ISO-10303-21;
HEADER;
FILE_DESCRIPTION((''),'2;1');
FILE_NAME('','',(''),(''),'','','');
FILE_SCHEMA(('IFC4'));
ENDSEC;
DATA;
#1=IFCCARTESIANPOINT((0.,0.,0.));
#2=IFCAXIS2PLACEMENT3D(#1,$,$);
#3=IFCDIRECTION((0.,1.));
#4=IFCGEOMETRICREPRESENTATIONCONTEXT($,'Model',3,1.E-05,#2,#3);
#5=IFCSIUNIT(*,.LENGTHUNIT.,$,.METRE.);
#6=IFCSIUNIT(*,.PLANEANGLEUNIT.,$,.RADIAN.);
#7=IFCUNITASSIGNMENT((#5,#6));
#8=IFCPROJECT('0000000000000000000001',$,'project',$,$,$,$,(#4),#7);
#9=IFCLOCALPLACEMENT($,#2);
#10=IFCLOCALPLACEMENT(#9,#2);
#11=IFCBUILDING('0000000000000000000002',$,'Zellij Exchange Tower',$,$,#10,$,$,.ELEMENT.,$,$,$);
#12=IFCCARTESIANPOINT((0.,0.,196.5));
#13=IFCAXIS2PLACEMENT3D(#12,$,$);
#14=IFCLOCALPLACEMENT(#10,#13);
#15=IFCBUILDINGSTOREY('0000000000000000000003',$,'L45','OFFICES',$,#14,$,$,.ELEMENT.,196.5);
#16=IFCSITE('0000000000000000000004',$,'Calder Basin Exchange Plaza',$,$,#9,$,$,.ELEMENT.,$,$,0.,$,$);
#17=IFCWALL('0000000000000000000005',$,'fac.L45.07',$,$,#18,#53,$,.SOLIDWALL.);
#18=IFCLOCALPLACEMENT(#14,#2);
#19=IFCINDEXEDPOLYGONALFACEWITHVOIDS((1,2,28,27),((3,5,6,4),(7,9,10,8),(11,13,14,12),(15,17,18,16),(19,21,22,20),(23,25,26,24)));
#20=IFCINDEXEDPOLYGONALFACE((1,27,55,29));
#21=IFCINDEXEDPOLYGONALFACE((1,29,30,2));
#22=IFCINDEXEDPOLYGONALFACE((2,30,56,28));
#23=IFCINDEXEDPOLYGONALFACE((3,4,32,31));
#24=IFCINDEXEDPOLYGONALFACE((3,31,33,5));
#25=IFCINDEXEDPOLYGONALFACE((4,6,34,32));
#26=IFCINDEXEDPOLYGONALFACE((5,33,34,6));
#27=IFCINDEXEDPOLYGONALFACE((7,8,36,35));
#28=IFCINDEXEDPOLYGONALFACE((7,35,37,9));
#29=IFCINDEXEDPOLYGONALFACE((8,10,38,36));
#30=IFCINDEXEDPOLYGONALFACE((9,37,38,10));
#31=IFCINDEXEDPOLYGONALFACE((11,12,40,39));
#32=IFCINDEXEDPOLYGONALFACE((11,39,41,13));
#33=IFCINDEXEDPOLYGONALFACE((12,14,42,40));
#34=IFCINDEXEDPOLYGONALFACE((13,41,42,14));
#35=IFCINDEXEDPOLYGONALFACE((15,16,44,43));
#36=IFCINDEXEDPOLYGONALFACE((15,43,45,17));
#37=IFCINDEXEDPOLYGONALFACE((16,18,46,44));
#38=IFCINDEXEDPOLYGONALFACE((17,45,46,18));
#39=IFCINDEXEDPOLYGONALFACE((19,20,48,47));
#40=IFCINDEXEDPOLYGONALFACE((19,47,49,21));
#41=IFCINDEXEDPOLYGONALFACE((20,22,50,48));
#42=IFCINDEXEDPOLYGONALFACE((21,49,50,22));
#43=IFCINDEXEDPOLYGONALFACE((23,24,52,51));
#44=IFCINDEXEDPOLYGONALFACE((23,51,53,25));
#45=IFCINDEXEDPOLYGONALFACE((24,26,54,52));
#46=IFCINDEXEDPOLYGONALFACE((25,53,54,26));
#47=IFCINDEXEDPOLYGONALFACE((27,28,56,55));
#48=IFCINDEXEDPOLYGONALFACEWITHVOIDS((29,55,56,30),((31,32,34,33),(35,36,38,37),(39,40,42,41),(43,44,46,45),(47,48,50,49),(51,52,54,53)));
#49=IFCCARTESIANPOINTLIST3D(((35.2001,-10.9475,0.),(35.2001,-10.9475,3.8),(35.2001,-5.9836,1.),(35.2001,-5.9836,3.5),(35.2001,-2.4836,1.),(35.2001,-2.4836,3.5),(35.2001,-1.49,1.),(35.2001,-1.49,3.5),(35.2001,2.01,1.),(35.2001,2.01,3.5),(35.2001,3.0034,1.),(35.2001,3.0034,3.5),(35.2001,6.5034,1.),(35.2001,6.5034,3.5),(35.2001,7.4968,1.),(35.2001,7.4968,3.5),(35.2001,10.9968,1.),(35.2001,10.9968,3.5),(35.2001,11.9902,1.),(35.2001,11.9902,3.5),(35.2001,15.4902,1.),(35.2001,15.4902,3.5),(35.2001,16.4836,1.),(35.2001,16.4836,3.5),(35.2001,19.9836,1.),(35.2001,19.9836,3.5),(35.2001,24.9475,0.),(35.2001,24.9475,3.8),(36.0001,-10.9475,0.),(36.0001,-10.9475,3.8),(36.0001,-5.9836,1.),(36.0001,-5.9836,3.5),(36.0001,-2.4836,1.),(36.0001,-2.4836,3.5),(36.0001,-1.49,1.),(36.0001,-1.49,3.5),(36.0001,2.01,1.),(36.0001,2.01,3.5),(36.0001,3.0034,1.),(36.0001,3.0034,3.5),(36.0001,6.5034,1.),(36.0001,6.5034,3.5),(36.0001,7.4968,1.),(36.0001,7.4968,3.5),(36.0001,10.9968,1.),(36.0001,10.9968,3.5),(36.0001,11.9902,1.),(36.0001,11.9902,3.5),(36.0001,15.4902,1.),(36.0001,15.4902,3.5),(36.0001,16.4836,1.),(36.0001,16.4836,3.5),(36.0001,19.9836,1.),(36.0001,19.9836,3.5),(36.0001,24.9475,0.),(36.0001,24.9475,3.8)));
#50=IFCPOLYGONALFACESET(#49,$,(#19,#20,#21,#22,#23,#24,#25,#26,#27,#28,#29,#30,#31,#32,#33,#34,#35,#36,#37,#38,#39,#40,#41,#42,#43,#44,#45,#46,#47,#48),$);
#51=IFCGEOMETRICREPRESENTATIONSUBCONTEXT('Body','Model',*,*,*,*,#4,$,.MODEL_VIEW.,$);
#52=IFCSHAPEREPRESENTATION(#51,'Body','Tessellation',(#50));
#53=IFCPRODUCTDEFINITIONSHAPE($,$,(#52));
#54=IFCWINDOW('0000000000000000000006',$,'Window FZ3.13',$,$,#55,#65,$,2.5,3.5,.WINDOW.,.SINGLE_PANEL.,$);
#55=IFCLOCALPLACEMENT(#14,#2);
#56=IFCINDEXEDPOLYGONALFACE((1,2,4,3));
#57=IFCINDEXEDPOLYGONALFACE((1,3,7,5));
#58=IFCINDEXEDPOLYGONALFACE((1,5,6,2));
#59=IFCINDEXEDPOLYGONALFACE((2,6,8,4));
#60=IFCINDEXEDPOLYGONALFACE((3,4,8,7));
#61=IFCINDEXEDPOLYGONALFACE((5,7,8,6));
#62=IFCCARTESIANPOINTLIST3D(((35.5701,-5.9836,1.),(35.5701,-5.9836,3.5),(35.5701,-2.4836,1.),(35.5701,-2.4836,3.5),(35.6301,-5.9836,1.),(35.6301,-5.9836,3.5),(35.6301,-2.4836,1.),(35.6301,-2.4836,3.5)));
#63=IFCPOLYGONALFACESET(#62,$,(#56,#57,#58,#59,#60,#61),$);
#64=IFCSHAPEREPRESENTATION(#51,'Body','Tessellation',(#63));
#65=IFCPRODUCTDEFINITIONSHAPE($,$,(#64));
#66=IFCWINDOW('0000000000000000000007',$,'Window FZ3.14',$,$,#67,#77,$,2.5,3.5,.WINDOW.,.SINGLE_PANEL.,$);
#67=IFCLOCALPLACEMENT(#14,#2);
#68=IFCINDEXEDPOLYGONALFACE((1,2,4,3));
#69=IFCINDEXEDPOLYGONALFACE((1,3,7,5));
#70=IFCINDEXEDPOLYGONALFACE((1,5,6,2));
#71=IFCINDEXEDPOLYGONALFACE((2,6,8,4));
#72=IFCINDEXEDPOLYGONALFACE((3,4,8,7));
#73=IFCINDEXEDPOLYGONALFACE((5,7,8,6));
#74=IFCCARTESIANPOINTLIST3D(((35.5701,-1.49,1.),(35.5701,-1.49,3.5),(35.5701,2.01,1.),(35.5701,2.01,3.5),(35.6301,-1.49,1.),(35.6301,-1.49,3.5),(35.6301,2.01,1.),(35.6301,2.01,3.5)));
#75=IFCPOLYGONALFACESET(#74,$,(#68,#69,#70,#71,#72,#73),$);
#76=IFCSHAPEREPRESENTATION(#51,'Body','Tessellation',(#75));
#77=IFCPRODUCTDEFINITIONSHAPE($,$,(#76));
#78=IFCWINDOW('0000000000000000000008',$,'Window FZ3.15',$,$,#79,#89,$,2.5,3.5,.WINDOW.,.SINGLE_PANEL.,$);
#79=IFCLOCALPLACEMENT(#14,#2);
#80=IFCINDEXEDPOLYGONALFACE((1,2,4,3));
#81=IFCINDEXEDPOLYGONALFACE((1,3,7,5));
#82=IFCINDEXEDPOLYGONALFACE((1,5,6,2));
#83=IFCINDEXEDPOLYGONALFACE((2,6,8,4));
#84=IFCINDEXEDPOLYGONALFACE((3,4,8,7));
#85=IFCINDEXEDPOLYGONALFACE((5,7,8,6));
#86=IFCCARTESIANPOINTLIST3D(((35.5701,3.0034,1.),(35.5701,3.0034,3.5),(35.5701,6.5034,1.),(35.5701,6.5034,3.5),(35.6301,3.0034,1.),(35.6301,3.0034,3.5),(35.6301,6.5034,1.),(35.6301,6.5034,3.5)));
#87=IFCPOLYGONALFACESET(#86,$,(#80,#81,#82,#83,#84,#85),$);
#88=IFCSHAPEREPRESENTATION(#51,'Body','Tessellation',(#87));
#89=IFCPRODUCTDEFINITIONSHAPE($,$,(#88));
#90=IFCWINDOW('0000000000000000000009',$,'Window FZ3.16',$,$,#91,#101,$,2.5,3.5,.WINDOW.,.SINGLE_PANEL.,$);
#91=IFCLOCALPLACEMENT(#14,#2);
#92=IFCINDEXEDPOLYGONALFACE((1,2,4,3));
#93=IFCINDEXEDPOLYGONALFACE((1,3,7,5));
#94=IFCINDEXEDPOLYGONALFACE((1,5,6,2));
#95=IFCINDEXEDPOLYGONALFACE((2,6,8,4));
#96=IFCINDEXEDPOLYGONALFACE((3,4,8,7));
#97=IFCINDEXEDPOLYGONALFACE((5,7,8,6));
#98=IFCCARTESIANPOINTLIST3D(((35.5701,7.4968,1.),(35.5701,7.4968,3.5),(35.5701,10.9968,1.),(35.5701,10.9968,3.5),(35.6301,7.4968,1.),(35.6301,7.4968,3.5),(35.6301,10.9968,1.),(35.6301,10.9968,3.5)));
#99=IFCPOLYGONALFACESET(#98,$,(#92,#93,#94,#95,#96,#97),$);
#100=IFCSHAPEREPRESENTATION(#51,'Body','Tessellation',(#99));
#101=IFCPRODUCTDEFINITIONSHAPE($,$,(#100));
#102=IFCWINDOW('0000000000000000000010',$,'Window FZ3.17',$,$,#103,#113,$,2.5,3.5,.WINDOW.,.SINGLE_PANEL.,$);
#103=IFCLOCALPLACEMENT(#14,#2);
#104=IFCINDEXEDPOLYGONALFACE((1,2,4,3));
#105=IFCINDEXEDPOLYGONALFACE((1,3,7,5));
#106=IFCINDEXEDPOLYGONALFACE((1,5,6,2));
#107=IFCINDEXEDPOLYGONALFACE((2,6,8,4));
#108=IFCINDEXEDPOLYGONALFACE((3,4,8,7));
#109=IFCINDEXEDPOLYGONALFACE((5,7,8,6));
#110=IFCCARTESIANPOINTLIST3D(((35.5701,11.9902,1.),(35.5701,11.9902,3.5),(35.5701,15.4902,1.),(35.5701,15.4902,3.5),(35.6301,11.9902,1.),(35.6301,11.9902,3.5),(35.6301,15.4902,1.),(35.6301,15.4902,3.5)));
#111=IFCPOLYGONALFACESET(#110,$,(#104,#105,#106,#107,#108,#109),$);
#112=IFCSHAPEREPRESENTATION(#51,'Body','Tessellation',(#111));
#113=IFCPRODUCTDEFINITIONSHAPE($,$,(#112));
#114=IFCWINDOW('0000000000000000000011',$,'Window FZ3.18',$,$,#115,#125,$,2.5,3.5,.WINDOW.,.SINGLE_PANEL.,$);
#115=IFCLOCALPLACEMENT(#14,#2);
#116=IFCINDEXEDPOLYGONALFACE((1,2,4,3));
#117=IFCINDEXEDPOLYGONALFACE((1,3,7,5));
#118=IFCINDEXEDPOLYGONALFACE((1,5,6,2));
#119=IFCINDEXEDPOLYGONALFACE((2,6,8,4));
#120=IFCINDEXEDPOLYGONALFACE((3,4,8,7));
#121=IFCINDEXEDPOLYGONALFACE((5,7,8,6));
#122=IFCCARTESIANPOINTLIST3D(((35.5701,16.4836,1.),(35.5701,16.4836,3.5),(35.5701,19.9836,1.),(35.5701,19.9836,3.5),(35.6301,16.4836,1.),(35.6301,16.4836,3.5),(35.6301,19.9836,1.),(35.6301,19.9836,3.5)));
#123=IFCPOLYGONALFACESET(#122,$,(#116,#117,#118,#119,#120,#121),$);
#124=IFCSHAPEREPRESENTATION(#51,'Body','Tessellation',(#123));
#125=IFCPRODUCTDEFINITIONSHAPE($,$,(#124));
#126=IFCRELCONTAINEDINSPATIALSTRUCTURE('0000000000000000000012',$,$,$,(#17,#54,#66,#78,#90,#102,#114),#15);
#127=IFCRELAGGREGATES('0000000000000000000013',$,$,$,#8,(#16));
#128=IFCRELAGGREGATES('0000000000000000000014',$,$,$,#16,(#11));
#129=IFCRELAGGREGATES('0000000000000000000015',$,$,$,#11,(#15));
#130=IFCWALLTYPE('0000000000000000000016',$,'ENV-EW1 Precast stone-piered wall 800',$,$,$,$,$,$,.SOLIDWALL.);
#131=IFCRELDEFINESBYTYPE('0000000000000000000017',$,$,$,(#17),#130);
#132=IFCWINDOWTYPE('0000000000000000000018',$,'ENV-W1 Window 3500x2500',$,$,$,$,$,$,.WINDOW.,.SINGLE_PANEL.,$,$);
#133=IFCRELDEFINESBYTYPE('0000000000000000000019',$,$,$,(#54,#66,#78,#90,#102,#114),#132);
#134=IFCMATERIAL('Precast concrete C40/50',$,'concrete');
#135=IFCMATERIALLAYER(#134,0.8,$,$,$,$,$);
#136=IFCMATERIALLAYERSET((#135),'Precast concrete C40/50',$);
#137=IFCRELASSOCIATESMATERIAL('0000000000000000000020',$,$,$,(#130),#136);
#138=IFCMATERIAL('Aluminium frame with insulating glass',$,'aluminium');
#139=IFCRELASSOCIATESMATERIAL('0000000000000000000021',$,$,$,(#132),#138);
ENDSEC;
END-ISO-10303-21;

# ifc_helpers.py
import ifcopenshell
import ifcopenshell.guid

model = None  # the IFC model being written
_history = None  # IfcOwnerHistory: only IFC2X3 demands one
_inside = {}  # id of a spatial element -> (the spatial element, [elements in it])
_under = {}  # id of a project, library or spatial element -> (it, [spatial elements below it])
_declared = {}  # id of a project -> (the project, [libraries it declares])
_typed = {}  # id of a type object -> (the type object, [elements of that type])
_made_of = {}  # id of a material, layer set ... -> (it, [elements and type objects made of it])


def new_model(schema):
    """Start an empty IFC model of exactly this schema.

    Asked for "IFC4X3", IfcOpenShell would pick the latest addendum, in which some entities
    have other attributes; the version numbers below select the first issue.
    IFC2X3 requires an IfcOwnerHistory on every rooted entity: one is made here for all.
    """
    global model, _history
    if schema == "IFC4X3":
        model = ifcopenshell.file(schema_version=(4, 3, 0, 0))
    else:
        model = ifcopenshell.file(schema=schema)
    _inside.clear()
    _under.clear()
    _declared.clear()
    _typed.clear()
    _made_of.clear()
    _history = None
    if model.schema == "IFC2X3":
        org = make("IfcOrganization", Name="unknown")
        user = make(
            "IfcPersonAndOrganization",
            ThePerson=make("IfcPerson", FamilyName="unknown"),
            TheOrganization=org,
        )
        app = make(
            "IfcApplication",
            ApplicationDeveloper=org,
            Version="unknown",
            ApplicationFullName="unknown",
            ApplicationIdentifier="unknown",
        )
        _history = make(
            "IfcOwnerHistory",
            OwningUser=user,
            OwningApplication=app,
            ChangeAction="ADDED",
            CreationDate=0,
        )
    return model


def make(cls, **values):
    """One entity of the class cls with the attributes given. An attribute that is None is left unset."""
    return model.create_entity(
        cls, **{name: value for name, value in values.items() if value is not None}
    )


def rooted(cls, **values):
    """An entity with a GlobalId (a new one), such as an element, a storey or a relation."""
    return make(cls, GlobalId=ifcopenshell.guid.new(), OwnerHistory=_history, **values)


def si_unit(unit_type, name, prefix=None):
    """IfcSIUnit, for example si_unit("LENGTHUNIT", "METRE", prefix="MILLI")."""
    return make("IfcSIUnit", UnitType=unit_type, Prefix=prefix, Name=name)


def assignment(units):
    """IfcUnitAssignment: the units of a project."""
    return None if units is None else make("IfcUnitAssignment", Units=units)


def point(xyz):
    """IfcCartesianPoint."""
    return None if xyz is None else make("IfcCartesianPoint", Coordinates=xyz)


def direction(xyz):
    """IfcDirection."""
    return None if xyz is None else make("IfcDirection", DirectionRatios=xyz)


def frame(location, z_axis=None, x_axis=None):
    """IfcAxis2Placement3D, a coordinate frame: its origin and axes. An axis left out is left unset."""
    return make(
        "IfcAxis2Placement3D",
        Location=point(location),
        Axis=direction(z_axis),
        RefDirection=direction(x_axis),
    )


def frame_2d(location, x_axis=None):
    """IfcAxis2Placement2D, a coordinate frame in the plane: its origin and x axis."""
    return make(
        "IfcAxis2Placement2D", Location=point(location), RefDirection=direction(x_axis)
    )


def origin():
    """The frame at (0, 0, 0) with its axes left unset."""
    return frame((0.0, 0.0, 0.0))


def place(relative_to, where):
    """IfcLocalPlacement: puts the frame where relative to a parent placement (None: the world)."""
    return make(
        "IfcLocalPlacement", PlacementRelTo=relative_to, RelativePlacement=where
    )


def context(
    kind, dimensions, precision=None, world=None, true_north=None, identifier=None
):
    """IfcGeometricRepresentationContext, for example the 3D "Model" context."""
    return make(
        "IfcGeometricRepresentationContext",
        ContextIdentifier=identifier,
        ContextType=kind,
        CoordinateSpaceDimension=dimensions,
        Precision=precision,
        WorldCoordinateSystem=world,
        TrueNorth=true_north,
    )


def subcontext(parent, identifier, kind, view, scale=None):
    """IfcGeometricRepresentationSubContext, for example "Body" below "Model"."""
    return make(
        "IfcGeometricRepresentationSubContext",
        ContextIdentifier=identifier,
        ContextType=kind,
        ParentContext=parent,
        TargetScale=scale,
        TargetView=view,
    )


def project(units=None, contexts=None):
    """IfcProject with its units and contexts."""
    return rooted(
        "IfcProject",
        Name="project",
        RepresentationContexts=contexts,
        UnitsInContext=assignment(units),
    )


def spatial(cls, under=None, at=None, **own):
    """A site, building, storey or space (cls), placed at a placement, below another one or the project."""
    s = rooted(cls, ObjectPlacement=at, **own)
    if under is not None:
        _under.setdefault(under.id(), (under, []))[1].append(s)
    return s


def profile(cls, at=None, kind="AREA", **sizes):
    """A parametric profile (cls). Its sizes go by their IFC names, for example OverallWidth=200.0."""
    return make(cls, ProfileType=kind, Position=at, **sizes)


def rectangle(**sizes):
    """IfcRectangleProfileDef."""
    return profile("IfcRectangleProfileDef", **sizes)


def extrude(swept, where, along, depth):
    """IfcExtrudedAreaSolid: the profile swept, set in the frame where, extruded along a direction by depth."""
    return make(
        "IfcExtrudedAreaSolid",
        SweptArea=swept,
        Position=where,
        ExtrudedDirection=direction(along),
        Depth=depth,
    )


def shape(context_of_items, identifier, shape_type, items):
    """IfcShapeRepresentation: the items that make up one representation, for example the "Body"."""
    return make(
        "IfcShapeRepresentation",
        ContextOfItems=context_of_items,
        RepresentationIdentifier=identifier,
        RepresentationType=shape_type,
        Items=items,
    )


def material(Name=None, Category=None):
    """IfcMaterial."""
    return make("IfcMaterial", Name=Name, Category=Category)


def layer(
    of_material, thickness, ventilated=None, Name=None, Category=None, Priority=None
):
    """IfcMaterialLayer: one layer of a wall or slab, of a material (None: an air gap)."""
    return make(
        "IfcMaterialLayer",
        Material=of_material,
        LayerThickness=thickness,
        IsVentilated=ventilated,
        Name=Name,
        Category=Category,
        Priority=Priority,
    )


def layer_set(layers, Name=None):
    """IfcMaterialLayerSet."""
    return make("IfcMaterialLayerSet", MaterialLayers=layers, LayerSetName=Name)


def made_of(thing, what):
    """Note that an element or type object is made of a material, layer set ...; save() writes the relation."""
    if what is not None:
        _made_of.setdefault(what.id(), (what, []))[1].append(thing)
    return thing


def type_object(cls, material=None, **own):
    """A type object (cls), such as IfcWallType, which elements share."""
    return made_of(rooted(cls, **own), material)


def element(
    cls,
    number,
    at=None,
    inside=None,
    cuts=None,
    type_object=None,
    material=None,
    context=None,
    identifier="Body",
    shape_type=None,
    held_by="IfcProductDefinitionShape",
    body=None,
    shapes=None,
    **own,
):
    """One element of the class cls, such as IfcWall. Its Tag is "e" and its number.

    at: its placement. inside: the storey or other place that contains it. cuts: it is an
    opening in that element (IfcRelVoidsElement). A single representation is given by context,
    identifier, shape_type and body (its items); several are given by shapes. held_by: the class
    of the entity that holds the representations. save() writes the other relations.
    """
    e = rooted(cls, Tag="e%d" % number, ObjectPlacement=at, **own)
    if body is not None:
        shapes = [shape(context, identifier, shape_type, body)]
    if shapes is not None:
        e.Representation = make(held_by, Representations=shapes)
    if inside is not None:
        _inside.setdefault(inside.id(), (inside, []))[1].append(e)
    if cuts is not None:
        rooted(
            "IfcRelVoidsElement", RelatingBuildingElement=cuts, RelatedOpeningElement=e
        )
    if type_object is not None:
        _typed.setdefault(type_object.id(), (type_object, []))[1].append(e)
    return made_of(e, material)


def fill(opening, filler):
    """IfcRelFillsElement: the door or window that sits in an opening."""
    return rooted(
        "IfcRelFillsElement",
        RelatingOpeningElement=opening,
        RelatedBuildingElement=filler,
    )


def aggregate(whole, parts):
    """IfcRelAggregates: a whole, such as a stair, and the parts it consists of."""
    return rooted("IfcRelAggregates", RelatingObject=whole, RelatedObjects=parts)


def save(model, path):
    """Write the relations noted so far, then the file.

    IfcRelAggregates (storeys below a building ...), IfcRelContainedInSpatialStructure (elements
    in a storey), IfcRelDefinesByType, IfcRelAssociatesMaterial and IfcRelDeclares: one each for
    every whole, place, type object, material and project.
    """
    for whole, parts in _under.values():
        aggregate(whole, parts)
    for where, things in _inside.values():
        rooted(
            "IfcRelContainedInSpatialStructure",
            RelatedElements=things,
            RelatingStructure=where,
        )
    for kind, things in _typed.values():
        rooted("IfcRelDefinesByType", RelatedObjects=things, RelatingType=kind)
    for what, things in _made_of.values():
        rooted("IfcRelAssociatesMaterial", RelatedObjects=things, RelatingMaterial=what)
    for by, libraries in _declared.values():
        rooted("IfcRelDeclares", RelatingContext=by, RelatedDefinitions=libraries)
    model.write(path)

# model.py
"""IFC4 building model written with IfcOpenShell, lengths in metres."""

from ifc_helpers import new_model, si_unit, direction, frame, frame_2d, origin, place, context, subcontext, project, spatial, rectangle, extrude, material, layer, layer_set, type_object, element, fill, save


model = new_model("IFC4")

# Units and contexts
model_context = context("Model", 3, precision=1e-05, world=origin(), true_north=direction((0.0, 1.0)))
body_context = subcontext(model_context, "Body", "Model", "MODEL_VIEW")
ifc_project = project(units=[si_unit("LENGTHUNIT", "METRE"), si_unit("PLANEANGLEUNIT", "RADIAN")], contexts=[model_context])

# Site, building, storey
site_placement = place(None, origin())
site = spatial("IfcSite", under=ifc_project, at=site_placement, Name="Calder Basin Exchange Plaza", CompositionType="ELEMENT", RefElevation=0.0)
building_placement = place(site_placement, origin())
building = spatial("IfcBuilding", under=site, at=building_placement, Name="Zellij Exchange Tower", CompositionType="ELEMENT")
storey_placement = place(building_placement, frame((0.0, 0.0, 196.5)))
storey = spatial("IfcBuildingStorey", under=building, at=storey_placement, Name="L45", Description="OFFICES", CompositionType="ELEMENT", Elevation=196.5)

# Shared definitions
ifc_material_1 = material(Name="Precast concrete C40/50", Category="concrete")
ifc_layer_1 = layer(ifc_material_1, 0.8)
ifc_layer_set_1 = layer_set([ifc_layer_1], Name="Precast concrete C40/50")
wall_type_1 = type_object("IfcWallType", Name="ENV-EW1 Precast stone-piered wall 800", PredefinedType="SOLIDWALL", material=ifc_layer_set_1)

# Wall, openings, windows
wall_1_placement = place(storey_placement, frame((35.6001, -10.9475, 0.0), z_axis=(0.0, 0.0, 1.0), x_axis=(0.0, 1.0, 0.0)))
wall_1 = element("IfcWall", 1, at=wall_1_placement, inside=storey, type_object=wall_type_1, Name="fac.L45.07", PredefinedType="SOLIDWALL", context=body_context, shape_type="SweptSolid", body=[
    extrude(rectangle(XDim=35.895, YDim=0.8, at=frame_2d((17.9475, 0.0))), origin(), (0.0, 0.0, 1.0), 3.8),
])
opening_1_placement = place(wall_1_placement, frame((4.9639, 0.0, 1.0)))
opening_1 = element("IfcOpeningElement", 2, at=opening_1_placement, cuts=wall_1, PredefinedType="OPENING", context=body_context, shape_type="SweptSolid", body=[
    extrude(rectangle(XDim=3.5, YDim=2.5, at=frame_2d((1.75, 1.25))), frame((0.0, 0.4121, 0.0), z_axis=(0.0, -1.0, 0.0), x_axis=(1.0, 0.0, 0.0)), (0.0, 0.0, 1.0), 0.824),
])
opening_2_placement = place(wall_1_placement, frame((9.4575, 0.0, 1.0)))
opening_2 = element("IfcOpeningElement", 3, at=opening_2_placement, cuts=wall_1, PredefinedType="OPENING", context=body_context, shape_type="SweptSolid", body=[
    extrude(rectangle(XDim=3.5, YDim=2.5, at=frame_2d((1.75, 1.25))), frame((0.0, 0.4121, 0.0), z_axis=(0.0, -1.0, 0.0), x_axis=(1.0, 0.0, 0.0)), (0.0, 0.0, 1.0), 0.824),
])
opening_3_placement = place(wall_1_placement, frame((13.9509, 0.0, 1.0)))
opening_3 = element("IfcOpeningElement", 4, at=opening_3_placement, cuts=wall_1, PredefinedType="OPENING", context=body_context, shape_type="SweptSolid", body=[
    extrude(rectangle(XDim=3.5, YDim=2.5, at=frame_2d((1.75, 1.25))), frame((0.0, 0.4121, 0.0), z_axis=(0.0, -1.0, 0.0), x_axis=(1.0, 0.0, 0.0)), (0.0, 0.0, 1.0), 0.824),
])
opening_4_placement = place(wall_1_placement, frame((18.4443, 0.0, 1.0)))
opening_4 = element("IfcOpeningElement", 5, at=opening_4_placement, cuts=wall_1, PredefinedType="OPENING", context=body_context, shape_type="SweptSolid", body=[
    extrude(rectangle(XDim=3.5, YDim=2.5, at=frame_2d((1.75, 1.25))), frame((0.0, 0.4121, 0.0), z_axis=(0.0, -1.0, 0.0), x_axis=(1.0, 0.0, 0.0)), (0.0, 0.0, 1.0), 0.824),
])
opening_5_placement = place(wall_1_placement, frame((22.9377, 0.0, 1.0)))
opening_5 = element("IfcOpeningElement", 6, at=opening_5_placement, cuts=wall_1, PredefinedType="OPENING", context=body_context, shape_type="SweptSolid", body=[
    extrude(rectangle(XDim=3.5, YDim=2.5, at=frame_2d((1.75, 1.25))), frame((0.0, 0.4121, 0.0), z_axis=(0.0, -1.0, 0.0), x_axis=(1.0, 0.0, 0.0)), (0.0, 0.0, 1.0), 0.824),
])
opening_6_placement = place(wall_1_placement, frame((27.4312, 0.0, 1.0)))
opening_6 = element("IfcOpeningElement", 7, at=opening_6_placement, cuts=wall_1, PredefinedType="OPENING", context=body_context, shape_type="SweptSolid", body=[
    extrude(rectangle(XDim=3.5, YDim=2.5, at=frame_2d((1.75, 1.25))), frame((0.0, 0.4121, 0.0), z_axis=(0.0, -1.0, 0.0), x_axis=(1.0, 0.0, 0.0)), (0.0, 0.0, 1.0), 0.824),
])
ifc_material_2 = material(Name="Aluminium frame with insulating glass", Category="aluminium")
window_type = type_object("IfcWindowType", Name="ENV-W1 Window 3500x2500", PartitioningType="SINGLE_PANEL", PredefinedType="WINDOW", material=ifc_material_2)
window_1_placement = place(opening_1_placement, origin())
window_1 = element("IfcWindow", 8, at=window_1_placement, inside=storey, type_object=window_type, Name="Window FZ3.13", OverallHeight=2.5, OverallWidth=3.5, PartitioningType="SINGLE_PANEL", PredefinedType="WINDOW", context=body_context, shape_type="SweptSolid", body=[
    extrude(rectangle(XDim=3.5, YDim=2.5, at=frame_2d((1.75, 1.25))), frame((0.0, 0.03, 0.0), z_axis=(0.0, -1.0, 0.0), x_axis=(1.0, 0.0, 0.0)), (0.0, 0.0, 1.0), 0.0601),
])
fill(opening_1, window_1)
window_2_placement = place(opening_2_placement, origin())
window_2 = element("IfcWindow", 9, at=window_2_placement, inside=storey, type_object=window_type, Name="Window FZ3.14", OverallHeight=2.5, OverallWidth=3.5, PartitioningType="SINGLE_PANEL", PredefinedType="WINDOW", context=body_context, shape_type="SweptSolid", body=[
    extrude(rectangle(XDim=3.5, YDim=2.5, at=frame_2d((1.75, 1.25))), frame((0.0, 0.03, 0.0), z_axis=(0.0, -1.0, 0.0), x_axis=(1.0, 0.0, 0.0)), (0.0, 0.0, 1.0), 0.0601),
])
fill(opening_2, window_2)
window_3_placement = place(opening_3_placement, origin())
window_3 = element("IfcWindow", 10, at=window_3_placement, inside=storey, type_object=window_type, Name="Window FZ3.15", OverallHeight=2.5, OverallWidth=3.5, PartitioningType="SINGLE_PANEL", PredefinedType="WINDOW", context=body_context, shape_type="SweptSolid", body=[
    extrude(rectangle(XDim=3.5, YDim=2.5, at=frame_2d((1.75, 1.25))), frame((0.0, 0.03, 0.0), z_axis=(0.0, -1.0, 0.0), x_axis=(1.0, 0.0, 0.0)), (0.0, 0.0, 1.0), 0.0601),
])
fill(opening_3, window_3)
window_4_placement = place(opening_4_placement, origin())
window_4 = element("IfcWindow", 11, at=window_4_placement, inside=storey, type_object=window_type, Name="Window FZ3.16", OverallHeight=2.5, OverallWidth=3.5, PartitioningType="SINGLE_PANEL", PredefinedType="WINDOW", context=body_context, shape_type="SweptSolid", body=[
    extrude(rectangle(XDim=3.5, YDim=2.5, at=frame_2d((1.75, 1.25))), frame((0.0, 0.03, 0.0), z_axis=(0.0, -1.0, 0.0), x_axis=(1.0, 0.0, 0.0)), (0.0, 0.0, 1.0), 0.0601),
])
fill(opening_4, window_4)
window_5_placement = place(opening_5_placement, origin())
window_5 = element("IfcWindow", 12, at=window_5_placement, inside=storey, type_object=window_type, Name="Window FZ3.17", OverallHeight=2.5, OverallWidth=3.5, PartitioningType="SINGLE_PANEL", PredefinedType="WINDOW", context=body_context, shape_type="SweptSolid", body=[
    extrude(rectangle(XDim=3.5, YDim=2.5, at=frame_2d((1.75, 1.25))), frame((0.0, 0.03, 0.0), z_axis=(0.0, -1.0, 0.0), x_axis=(1.0, 0.0, 0.0)), (0.0, 0.0, 1.0), 0.0601),
])
fill(opening_5, window_5)
window_6_placement = place(opening_6_placement, origin())
window_6 = element("IfcWindow", 13, at=window_6_placement, inside=storey, type_object=window_type, Name="Window FZ3.18", OverallHeight=2.5, OverallWidth=3.5, PartitioningType="SINGLE_PANEL", PredefinedType="WINDOW", context=body_context, shape_type="SweptSolid", body=[
    extrude(rectangle(XDim=3.5, YDim=2.5, at=frame_2d((1.75, 1.25))), frame((0.0, 0.03, 0.0), z_axis=(0.0, -1.0, 0.0), x_axis=(1.0, 0.0, 0.0)), (0.0, 0.0, 1.0), 0.0601),
])
fill(opening_6, window_6)

save(model, "model.ifc")
